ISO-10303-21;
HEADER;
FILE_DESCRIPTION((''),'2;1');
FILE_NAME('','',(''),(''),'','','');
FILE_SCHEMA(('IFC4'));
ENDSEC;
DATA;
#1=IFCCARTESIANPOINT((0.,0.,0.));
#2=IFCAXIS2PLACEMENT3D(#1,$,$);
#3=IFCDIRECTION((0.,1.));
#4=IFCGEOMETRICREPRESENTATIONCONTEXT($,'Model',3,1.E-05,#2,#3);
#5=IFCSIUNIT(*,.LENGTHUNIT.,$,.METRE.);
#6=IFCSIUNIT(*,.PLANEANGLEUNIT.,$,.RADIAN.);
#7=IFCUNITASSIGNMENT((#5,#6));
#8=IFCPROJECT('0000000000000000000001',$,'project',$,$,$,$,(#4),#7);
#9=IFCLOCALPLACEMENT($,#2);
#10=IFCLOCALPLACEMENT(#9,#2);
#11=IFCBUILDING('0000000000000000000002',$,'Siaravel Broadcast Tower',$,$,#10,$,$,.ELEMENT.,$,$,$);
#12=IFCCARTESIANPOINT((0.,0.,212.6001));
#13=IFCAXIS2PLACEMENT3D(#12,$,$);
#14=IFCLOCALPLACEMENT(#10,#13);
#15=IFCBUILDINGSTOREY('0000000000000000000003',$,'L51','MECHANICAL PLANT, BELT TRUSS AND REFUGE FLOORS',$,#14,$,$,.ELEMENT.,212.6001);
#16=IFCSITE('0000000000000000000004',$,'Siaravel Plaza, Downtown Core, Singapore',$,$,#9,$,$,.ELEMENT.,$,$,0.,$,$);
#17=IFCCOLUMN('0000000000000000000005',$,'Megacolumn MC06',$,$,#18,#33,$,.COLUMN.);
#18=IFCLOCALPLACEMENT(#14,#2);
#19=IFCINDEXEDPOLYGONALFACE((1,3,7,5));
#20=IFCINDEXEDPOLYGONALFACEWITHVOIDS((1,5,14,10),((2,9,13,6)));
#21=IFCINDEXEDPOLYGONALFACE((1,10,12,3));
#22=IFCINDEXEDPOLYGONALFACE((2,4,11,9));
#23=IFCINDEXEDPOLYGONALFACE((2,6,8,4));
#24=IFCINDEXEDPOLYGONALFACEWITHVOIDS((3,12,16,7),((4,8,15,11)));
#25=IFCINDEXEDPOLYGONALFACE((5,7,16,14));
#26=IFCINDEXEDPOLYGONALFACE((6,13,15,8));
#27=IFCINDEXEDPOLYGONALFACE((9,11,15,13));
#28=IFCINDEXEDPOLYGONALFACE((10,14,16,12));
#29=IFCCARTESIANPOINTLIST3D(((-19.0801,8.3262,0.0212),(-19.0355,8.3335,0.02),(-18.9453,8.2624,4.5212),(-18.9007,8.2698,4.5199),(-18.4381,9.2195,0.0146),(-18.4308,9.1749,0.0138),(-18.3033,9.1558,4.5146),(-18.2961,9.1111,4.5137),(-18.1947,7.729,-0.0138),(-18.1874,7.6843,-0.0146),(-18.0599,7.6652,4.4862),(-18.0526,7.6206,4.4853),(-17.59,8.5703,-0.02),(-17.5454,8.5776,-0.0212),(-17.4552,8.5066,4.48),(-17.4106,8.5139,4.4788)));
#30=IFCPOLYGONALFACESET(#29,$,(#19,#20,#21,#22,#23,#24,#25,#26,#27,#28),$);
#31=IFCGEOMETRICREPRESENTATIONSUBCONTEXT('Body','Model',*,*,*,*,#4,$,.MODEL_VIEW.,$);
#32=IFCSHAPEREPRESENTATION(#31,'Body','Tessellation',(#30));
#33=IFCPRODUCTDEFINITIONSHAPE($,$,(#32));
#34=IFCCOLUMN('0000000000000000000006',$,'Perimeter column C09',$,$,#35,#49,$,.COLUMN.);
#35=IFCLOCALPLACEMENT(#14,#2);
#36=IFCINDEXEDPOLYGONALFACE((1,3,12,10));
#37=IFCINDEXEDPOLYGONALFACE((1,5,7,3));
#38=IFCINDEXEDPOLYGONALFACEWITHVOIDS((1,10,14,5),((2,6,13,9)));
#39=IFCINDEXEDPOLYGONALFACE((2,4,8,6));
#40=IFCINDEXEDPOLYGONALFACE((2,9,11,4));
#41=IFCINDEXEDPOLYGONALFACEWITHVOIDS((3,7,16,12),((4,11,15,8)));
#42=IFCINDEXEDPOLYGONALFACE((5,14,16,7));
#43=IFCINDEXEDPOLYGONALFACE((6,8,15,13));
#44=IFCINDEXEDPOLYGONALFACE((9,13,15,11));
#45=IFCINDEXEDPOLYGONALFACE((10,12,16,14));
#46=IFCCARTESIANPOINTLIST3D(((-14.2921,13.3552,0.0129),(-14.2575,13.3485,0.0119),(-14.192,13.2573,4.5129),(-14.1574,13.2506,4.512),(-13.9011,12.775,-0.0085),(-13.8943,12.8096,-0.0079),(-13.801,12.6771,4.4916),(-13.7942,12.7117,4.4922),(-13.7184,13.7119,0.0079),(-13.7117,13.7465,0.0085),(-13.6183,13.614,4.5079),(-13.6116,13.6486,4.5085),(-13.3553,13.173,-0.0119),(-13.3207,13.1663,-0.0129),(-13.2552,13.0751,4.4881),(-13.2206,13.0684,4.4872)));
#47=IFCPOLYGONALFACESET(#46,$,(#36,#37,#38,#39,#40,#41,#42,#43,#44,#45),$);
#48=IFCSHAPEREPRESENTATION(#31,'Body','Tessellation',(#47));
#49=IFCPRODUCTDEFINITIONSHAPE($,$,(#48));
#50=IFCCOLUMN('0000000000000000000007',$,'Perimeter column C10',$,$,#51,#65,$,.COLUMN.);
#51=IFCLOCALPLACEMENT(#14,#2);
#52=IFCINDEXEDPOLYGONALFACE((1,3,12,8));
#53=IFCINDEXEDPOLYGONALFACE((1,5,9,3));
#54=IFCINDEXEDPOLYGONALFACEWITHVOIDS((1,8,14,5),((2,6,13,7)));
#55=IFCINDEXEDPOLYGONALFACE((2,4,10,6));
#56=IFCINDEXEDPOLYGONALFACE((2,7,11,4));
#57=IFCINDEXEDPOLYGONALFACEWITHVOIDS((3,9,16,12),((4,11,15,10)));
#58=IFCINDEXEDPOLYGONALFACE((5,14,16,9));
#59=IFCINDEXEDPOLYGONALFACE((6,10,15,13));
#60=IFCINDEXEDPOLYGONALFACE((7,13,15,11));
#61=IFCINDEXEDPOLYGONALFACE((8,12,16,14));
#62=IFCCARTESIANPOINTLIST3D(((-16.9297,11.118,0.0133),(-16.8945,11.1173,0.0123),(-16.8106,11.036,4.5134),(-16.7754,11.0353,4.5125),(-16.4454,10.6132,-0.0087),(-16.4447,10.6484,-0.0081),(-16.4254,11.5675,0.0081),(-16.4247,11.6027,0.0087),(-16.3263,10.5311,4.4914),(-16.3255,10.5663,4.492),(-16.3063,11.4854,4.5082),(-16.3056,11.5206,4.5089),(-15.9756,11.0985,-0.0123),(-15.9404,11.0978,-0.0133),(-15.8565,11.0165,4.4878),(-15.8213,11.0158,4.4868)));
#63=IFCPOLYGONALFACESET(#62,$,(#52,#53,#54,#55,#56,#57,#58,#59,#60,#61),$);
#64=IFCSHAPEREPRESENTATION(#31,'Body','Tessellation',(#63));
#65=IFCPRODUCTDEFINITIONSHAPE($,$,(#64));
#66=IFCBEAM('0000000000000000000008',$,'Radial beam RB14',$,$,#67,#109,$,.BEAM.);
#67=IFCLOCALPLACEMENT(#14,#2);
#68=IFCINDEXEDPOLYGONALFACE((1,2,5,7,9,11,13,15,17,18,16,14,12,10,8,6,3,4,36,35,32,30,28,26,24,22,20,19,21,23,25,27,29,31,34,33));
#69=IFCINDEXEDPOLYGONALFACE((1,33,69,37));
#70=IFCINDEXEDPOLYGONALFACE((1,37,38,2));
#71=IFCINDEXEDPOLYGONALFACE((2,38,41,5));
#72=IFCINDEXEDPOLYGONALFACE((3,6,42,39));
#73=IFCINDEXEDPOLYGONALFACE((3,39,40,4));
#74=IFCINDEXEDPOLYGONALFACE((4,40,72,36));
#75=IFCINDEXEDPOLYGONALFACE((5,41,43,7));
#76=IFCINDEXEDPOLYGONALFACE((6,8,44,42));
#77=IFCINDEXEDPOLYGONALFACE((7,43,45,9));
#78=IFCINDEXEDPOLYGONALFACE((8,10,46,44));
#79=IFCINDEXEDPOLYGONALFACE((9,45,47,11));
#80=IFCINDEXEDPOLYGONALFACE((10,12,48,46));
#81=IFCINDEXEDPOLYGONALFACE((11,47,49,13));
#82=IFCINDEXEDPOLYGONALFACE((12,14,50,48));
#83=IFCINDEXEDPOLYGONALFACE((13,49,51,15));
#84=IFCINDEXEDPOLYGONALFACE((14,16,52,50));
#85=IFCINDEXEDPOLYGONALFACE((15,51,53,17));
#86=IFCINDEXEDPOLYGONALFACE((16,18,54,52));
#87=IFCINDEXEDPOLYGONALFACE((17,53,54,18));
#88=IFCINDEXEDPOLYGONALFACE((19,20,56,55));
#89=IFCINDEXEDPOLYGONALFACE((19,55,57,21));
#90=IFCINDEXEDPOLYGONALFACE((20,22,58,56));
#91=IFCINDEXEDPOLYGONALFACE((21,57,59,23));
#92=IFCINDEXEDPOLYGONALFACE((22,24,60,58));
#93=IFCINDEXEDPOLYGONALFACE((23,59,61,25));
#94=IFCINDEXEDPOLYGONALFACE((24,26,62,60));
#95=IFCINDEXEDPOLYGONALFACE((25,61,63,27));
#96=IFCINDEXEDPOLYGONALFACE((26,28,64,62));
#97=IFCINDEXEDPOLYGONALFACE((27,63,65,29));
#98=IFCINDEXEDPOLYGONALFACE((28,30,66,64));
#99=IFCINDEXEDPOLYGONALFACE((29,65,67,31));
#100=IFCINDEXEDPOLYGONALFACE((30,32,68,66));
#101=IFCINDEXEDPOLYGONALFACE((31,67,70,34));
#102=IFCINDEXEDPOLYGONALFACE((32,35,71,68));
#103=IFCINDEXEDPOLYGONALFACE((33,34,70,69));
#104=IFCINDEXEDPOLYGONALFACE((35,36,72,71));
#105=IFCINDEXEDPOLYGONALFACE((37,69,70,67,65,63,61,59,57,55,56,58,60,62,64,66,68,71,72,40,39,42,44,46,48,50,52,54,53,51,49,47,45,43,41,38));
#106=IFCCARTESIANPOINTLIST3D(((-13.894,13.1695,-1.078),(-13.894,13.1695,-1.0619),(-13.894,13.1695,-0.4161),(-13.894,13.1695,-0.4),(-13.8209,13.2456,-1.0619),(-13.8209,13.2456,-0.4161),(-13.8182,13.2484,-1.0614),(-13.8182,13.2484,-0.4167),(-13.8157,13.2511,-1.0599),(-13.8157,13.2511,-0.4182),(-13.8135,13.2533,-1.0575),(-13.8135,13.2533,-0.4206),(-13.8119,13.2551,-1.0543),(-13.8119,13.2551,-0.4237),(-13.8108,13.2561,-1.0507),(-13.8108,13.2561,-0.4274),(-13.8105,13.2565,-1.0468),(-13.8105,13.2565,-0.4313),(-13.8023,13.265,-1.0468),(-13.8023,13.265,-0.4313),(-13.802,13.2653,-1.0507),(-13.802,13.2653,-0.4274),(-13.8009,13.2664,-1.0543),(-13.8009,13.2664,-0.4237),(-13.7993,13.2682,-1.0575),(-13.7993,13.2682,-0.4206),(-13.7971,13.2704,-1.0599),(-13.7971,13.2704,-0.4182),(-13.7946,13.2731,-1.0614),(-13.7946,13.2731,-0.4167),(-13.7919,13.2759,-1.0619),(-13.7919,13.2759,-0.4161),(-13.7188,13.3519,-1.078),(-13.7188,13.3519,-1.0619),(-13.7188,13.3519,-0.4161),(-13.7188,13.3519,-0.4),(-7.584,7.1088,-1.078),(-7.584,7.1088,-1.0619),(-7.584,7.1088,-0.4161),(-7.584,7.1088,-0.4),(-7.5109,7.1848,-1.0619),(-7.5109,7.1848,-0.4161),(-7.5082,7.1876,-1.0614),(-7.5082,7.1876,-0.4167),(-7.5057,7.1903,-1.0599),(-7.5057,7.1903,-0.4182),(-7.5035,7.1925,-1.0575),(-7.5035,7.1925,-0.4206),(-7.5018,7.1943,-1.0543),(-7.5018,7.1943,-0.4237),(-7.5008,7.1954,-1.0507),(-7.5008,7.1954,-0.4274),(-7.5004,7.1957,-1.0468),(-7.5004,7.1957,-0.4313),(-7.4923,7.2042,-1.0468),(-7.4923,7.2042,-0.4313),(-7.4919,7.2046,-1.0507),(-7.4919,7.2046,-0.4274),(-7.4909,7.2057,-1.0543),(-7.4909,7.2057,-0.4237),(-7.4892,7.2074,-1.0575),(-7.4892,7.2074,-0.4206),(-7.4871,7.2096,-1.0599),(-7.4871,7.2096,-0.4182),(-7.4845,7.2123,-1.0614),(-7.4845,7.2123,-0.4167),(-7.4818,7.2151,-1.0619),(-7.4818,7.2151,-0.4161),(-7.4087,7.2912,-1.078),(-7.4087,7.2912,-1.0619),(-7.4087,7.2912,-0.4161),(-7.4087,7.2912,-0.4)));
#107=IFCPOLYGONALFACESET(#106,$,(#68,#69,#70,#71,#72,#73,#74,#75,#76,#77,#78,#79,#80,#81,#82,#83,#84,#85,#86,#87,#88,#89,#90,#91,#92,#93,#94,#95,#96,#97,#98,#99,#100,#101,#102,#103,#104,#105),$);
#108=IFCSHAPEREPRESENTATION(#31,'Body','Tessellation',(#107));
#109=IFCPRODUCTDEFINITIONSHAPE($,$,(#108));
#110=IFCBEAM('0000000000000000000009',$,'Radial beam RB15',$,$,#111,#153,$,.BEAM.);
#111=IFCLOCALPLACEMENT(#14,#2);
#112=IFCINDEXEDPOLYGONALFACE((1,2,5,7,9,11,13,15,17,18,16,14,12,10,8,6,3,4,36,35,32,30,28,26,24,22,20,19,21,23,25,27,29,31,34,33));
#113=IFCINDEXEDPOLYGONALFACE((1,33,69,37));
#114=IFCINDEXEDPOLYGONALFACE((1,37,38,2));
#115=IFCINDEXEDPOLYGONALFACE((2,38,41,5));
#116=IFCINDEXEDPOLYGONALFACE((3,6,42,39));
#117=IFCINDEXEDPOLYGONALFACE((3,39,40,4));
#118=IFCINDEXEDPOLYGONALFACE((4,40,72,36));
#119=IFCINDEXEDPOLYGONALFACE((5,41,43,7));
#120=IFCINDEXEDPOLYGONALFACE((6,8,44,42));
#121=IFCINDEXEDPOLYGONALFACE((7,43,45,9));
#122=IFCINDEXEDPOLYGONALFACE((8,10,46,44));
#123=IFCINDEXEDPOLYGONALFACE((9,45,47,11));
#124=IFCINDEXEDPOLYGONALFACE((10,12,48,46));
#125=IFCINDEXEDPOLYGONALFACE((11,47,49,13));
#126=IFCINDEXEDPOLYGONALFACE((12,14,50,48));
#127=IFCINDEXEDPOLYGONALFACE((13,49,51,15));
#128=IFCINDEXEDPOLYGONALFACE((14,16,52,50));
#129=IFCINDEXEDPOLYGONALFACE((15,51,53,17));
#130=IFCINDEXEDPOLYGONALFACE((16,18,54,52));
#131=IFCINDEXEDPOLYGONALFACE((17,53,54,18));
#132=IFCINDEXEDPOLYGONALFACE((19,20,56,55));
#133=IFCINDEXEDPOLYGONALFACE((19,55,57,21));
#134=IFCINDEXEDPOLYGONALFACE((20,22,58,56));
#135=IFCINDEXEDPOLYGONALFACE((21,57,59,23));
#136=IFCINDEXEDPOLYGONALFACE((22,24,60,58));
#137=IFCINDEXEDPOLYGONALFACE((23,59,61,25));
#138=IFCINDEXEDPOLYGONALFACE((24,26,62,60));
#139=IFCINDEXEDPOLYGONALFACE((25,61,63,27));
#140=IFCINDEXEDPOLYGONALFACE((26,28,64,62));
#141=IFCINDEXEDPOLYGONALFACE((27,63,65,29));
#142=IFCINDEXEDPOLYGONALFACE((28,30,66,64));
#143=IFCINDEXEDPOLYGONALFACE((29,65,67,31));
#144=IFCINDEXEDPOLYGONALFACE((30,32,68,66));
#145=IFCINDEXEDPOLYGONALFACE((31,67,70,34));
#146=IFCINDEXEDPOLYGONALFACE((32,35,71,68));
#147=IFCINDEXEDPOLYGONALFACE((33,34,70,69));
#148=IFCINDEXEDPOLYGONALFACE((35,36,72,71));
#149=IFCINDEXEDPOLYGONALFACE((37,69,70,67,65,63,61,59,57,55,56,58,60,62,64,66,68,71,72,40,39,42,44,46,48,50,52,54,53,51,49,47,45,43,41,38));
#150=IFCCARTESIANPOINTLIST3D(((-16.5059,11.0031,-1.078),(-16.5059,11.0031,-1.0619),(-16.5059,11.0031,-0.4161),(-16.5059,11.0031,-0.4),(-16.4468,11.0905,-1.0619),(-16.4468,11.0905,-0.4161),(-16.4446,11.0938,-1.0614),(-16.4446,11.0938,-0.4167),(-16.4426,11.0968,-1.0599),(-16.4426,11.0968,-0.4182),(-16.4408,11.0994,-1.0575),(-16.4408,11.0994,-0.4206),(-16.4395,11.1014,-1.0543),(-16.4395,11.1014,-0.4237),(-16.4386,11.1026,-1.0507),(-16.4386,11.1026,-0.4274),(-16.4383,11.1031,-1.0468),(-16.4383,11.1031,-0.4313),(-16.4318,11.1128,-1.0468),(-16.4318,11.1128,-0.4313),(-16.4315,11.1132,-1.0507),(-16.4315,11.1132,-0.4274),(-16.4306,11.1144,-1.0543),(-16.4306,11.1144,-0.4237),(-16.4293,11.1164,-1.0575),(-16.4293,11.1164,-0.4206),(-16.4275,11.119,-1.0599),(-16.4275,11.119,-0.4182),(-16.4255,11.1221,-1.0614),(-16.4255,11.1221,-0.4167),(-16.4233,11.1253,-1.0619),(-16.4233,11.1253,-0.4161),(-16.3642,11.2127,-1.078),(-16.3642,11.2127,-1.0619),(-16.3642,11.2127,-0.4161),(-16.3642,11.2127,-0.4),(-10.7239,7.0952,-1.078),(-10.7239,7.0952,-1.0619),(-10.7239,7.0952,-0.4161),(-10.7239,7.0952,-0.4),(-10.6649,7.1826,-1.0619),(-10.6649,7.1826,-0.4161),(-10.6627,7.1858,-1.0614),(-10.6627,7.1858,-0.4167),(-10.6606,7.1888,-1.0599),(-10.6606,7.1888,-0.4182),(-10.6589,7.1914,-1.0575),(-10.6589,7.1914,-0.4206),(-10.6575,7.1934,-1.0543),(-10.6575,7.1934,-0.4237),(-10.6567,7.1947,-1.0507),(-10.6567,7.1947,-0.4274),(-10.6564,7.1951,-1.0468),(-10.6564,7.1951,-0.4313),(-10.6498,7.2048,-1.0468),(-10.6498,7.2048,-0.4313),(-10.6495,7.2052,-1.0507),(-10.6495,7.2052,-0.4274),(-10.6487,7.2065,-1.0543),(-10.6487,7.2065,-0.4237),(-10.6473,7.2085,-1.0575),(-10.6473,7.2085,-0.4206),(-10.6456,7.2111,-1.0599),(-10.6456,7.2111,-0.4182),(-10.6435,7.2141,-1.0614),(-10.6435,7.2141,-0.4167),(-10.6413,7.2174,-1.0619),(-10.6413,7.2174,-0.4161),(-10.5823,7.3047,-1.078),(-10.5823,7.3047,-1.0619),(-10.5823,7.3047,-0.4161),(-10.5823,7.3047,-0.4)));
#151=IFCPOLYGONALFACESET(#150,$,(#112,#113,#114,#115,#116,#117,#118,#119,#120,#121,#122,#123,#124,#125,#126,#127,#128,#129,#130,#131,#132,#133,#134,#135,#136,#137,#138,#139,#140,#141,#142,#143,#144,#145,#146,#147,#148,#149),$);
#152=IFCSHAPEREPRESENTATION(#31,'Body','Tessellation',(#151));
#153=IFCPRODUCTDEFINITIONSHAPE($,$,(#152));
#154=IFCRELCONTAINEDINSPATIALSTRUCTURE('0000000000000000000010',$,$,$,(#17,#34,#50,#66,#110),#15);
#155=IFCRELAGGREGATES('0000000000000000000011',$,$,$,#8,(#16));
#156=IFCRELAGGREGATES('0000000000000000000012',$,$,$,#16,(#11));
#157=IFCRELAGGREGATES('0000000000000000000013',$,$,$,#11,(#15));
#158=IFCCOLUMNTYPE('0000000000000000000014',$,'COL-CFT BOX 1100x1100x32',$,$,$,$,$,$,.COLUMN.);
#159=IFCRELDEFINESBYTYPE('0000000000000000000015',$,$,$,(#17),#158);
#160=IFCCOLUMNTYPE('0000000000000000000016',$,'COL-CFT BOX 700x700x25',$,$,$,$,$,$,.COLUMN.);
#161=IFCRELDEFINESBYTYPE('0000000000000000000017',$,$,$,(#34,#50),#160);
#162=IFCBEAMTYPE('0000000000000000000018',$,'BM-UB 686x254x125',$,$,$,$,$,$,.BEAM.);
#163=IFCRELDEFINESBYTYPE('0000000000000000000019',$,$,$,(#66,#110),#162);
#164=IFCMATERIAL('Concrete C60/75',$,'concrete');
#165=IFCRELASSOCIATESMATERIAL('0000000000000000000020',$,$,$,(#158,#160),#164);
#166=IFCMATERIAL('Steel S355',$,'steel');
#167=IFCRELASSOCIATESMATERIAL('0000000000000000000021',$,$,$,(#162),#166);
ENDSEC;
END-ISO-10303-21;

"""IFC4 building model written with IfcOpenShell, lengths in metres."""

from ifc_helpers import new_model, si_unit, direction, frame, origin, origin_2d, place, context, subcontext, project, spatial, hollow_rectangle, i_section, extrude, material, material_profile, profile_set, type_object, element, save


model = new_model("IFC4")

# Units and contexts
model_context = context("Model", 3, precision=1e-05, world=origin(), true_north=direction((0.0, 1.0)))
body_context = subcontext(model_context, "Body", "Model", "MODEL_VIEW")
ifc_project = project(units=[si_unit("LENGTHUNIT", "METRE"), si_unit("PLANEANGLEUNIT", "RADIAN")], contexts=[model_context])

# Site, building, storey
site_placement = place(None, origin())
site = spatial("IfcSite", under=ifc_project, at=site_placement, Name="Siaravel Plaza, Downtown Core, Singapore", CompositionType="ELEMENT", RefElevation=0.0)
building_placement = place(site_placement, origin())
building = spatial("IfcBuilding", under=site, at=building_placement, Name="Siaravel Broadcast Tower", CompositionType="ELEMENT")
storey_placement = place(building_placement, frame((0.0, 0.0, 212.6001)))
storey = spatial("IfcBuildingStorey", under=building, at=storey_placement, Name="L51", Description="MECHANICAL PLANT, BELT TRUSS AND REFUGE FLOORS", CompositionType="ELEMENT", Elevation=212.6001)

# Columns
ifc_material_1 = material(Name="Concrete C60/75", Category="concrete")
ifc_material_profile_1 = material_profile(ifc_material_1, hollow_rectangle(XDim=1.1001, YDim=1.1001, WallThickness=0.032, at=origin_2d()))
ifc_profile_set_1 = profile_set([ifc_material_profile_1], Name="Concrete C60/75")
column_type_1 = type_object("IfcColumnType", Name="COL-CFT BOX 1100x1100x32", PredefinedType="COLUMN", material=ifc_profile_set_1)
column_1_placement = place(storey_placement, frame((-18.3127, 8.4519, 0.0), z_axis=(0.029931, -0.014152, 0.999452), x_axis=(0.583579, 0.812034, -0.005978)))
element("IfcColumn", 1, at=column_1_placement, inside=storey, type_object=column_type_1, Name="Megacolumn MC06", PredefinedType="COLUMN", context=body_context, shape_type="SweptSolid", body=[
    extrude(hollow_rectangle(XDim=1.1001, YDim=1.1001, WallThickness=0.032, at=origin_2d()), origin(), (0.0, 0.0, 1.0), 4.5024),
])
ifc_material_profile_2 = material_profile(ifc_material_1, hollow_rectangle(XDim=0.7, YDim=0.7, WallThickness=0.0249, at=origin_2d()))
ifc_profile_set_2 = profile_set([ifc_material_profile_2], Name="Concrete C60/75")
column_type_2 = type_object("IfcColumnType", Name="COL-CFT BOX 700x700x25", PredefinedType="COLUMN", material=ifc_profile_set_2)
column_2_placement = place(storey_placement, frame((-13.8064, 13.2607, 0.0), z_axis=(0.022233, -0.021745, 0.999516), x_axis=(0.829145, 0.558998, -0.006282)))
element("IfcColumn", 2, at=column_2_placement, inside=storey, type_object=column_type_2, Name="Perimeter column C09", PredefinedType="COLUMN", context=body_context, shape_type="SweptSolid", body=[
    extrude(hollow_rectangle(XDim=0.7, YDim=0.7, WallThickness=0.0249, at=origin_2d()), origin(), (0.0, 0.0, 1.0), 4.5022),
])
column_3_placement = place(storey_placement, frame((-16.4351, 11.1079, 0.0), z_axis=(0.026462, -0.01822, 0.999484), x_axis=(0.721498, 0.692387, -0.006481)))
element("IfcColumn", 3, at=column_3_placement, inside=storey, type_object=column_type_2, Name="Perimeter column C10", PredefinedType="COLUMN", context=body_context, shape_type="SweptSolid", body=[
    extrude(hollow_rectangle(XDim=0.7, YDim=0.7, WallThickness=0.0249, at=origin_2d()), origin(), (0.0, 0.0, 1.0), 4.5024),
])

# Beams
ifc_material_2 = material(Name="Steel S355", Category="steel")
ifc_material_profile_3 = material_profile(ifc_material_2, i_section(OverallWidth=0.2529, OverallDepth=0.678, WebThickness=0.0117, FlangeThickness=0.0161, FilletRadius=0.0151, at=origin_2d()))
ifc_profile_set_3 = profile_set([ifc_material_profile_3], Name="Steel S355")
beam_type_1 = type_object("IfcBeamType", Name="BM-UB 686x254x125", PredefinedType="BEAM", material=ifc_profile_set_3)
beam_1_placement = place(storey_placement, frame((-13.8064, 13.2607, -0.739), z_axis=(0.721208, -0.692718, 0.0), x_axis=(0.692718, 0.721208, 0.0)))
element("IfcBeam", 4, at=beam_1_placement, inside=storey, type_object=beam_type_1, Name="Radial beam RB14", PredefinedType="BEAM", context=body_context, shape_type="SweptSolid", body=[
    extrude(i_section(OverallWidth=0.2529, OverallDepth=0.678, WebThickness=0.0117, FlangeThickness=0.0161, FilletRadius=0.0151, at=origin_2d()), origin(), (0.0, 0.0, 1.0), 8.7493),
])
beam_2_placement = place(storey_placement, frame((-16.4351, 11.1079, -0.739), z_axis=(0.828508, -0.559977, 0.0), x_axis=(0.559977, 0.828508, 0.0)))
element("IfcBeam", 5, at=beam_2_placement, inside=storey, type_object=beam_type_1, Name="Radial beam RB15", PredefinedType="BEAM", context=body_context, shape_type="SweptSolid", body=[
    extrude(i_section(OverallWidth=0.2529, OverallDepth=0.678, WebThickness=0.0117, FlangeThickness=0.0161, FilletRadius=0.0151, at=origin_2d()), origin(), (0.0, 0.0, 1.0), 6.9788),
])

save(model, "model.ifc")
